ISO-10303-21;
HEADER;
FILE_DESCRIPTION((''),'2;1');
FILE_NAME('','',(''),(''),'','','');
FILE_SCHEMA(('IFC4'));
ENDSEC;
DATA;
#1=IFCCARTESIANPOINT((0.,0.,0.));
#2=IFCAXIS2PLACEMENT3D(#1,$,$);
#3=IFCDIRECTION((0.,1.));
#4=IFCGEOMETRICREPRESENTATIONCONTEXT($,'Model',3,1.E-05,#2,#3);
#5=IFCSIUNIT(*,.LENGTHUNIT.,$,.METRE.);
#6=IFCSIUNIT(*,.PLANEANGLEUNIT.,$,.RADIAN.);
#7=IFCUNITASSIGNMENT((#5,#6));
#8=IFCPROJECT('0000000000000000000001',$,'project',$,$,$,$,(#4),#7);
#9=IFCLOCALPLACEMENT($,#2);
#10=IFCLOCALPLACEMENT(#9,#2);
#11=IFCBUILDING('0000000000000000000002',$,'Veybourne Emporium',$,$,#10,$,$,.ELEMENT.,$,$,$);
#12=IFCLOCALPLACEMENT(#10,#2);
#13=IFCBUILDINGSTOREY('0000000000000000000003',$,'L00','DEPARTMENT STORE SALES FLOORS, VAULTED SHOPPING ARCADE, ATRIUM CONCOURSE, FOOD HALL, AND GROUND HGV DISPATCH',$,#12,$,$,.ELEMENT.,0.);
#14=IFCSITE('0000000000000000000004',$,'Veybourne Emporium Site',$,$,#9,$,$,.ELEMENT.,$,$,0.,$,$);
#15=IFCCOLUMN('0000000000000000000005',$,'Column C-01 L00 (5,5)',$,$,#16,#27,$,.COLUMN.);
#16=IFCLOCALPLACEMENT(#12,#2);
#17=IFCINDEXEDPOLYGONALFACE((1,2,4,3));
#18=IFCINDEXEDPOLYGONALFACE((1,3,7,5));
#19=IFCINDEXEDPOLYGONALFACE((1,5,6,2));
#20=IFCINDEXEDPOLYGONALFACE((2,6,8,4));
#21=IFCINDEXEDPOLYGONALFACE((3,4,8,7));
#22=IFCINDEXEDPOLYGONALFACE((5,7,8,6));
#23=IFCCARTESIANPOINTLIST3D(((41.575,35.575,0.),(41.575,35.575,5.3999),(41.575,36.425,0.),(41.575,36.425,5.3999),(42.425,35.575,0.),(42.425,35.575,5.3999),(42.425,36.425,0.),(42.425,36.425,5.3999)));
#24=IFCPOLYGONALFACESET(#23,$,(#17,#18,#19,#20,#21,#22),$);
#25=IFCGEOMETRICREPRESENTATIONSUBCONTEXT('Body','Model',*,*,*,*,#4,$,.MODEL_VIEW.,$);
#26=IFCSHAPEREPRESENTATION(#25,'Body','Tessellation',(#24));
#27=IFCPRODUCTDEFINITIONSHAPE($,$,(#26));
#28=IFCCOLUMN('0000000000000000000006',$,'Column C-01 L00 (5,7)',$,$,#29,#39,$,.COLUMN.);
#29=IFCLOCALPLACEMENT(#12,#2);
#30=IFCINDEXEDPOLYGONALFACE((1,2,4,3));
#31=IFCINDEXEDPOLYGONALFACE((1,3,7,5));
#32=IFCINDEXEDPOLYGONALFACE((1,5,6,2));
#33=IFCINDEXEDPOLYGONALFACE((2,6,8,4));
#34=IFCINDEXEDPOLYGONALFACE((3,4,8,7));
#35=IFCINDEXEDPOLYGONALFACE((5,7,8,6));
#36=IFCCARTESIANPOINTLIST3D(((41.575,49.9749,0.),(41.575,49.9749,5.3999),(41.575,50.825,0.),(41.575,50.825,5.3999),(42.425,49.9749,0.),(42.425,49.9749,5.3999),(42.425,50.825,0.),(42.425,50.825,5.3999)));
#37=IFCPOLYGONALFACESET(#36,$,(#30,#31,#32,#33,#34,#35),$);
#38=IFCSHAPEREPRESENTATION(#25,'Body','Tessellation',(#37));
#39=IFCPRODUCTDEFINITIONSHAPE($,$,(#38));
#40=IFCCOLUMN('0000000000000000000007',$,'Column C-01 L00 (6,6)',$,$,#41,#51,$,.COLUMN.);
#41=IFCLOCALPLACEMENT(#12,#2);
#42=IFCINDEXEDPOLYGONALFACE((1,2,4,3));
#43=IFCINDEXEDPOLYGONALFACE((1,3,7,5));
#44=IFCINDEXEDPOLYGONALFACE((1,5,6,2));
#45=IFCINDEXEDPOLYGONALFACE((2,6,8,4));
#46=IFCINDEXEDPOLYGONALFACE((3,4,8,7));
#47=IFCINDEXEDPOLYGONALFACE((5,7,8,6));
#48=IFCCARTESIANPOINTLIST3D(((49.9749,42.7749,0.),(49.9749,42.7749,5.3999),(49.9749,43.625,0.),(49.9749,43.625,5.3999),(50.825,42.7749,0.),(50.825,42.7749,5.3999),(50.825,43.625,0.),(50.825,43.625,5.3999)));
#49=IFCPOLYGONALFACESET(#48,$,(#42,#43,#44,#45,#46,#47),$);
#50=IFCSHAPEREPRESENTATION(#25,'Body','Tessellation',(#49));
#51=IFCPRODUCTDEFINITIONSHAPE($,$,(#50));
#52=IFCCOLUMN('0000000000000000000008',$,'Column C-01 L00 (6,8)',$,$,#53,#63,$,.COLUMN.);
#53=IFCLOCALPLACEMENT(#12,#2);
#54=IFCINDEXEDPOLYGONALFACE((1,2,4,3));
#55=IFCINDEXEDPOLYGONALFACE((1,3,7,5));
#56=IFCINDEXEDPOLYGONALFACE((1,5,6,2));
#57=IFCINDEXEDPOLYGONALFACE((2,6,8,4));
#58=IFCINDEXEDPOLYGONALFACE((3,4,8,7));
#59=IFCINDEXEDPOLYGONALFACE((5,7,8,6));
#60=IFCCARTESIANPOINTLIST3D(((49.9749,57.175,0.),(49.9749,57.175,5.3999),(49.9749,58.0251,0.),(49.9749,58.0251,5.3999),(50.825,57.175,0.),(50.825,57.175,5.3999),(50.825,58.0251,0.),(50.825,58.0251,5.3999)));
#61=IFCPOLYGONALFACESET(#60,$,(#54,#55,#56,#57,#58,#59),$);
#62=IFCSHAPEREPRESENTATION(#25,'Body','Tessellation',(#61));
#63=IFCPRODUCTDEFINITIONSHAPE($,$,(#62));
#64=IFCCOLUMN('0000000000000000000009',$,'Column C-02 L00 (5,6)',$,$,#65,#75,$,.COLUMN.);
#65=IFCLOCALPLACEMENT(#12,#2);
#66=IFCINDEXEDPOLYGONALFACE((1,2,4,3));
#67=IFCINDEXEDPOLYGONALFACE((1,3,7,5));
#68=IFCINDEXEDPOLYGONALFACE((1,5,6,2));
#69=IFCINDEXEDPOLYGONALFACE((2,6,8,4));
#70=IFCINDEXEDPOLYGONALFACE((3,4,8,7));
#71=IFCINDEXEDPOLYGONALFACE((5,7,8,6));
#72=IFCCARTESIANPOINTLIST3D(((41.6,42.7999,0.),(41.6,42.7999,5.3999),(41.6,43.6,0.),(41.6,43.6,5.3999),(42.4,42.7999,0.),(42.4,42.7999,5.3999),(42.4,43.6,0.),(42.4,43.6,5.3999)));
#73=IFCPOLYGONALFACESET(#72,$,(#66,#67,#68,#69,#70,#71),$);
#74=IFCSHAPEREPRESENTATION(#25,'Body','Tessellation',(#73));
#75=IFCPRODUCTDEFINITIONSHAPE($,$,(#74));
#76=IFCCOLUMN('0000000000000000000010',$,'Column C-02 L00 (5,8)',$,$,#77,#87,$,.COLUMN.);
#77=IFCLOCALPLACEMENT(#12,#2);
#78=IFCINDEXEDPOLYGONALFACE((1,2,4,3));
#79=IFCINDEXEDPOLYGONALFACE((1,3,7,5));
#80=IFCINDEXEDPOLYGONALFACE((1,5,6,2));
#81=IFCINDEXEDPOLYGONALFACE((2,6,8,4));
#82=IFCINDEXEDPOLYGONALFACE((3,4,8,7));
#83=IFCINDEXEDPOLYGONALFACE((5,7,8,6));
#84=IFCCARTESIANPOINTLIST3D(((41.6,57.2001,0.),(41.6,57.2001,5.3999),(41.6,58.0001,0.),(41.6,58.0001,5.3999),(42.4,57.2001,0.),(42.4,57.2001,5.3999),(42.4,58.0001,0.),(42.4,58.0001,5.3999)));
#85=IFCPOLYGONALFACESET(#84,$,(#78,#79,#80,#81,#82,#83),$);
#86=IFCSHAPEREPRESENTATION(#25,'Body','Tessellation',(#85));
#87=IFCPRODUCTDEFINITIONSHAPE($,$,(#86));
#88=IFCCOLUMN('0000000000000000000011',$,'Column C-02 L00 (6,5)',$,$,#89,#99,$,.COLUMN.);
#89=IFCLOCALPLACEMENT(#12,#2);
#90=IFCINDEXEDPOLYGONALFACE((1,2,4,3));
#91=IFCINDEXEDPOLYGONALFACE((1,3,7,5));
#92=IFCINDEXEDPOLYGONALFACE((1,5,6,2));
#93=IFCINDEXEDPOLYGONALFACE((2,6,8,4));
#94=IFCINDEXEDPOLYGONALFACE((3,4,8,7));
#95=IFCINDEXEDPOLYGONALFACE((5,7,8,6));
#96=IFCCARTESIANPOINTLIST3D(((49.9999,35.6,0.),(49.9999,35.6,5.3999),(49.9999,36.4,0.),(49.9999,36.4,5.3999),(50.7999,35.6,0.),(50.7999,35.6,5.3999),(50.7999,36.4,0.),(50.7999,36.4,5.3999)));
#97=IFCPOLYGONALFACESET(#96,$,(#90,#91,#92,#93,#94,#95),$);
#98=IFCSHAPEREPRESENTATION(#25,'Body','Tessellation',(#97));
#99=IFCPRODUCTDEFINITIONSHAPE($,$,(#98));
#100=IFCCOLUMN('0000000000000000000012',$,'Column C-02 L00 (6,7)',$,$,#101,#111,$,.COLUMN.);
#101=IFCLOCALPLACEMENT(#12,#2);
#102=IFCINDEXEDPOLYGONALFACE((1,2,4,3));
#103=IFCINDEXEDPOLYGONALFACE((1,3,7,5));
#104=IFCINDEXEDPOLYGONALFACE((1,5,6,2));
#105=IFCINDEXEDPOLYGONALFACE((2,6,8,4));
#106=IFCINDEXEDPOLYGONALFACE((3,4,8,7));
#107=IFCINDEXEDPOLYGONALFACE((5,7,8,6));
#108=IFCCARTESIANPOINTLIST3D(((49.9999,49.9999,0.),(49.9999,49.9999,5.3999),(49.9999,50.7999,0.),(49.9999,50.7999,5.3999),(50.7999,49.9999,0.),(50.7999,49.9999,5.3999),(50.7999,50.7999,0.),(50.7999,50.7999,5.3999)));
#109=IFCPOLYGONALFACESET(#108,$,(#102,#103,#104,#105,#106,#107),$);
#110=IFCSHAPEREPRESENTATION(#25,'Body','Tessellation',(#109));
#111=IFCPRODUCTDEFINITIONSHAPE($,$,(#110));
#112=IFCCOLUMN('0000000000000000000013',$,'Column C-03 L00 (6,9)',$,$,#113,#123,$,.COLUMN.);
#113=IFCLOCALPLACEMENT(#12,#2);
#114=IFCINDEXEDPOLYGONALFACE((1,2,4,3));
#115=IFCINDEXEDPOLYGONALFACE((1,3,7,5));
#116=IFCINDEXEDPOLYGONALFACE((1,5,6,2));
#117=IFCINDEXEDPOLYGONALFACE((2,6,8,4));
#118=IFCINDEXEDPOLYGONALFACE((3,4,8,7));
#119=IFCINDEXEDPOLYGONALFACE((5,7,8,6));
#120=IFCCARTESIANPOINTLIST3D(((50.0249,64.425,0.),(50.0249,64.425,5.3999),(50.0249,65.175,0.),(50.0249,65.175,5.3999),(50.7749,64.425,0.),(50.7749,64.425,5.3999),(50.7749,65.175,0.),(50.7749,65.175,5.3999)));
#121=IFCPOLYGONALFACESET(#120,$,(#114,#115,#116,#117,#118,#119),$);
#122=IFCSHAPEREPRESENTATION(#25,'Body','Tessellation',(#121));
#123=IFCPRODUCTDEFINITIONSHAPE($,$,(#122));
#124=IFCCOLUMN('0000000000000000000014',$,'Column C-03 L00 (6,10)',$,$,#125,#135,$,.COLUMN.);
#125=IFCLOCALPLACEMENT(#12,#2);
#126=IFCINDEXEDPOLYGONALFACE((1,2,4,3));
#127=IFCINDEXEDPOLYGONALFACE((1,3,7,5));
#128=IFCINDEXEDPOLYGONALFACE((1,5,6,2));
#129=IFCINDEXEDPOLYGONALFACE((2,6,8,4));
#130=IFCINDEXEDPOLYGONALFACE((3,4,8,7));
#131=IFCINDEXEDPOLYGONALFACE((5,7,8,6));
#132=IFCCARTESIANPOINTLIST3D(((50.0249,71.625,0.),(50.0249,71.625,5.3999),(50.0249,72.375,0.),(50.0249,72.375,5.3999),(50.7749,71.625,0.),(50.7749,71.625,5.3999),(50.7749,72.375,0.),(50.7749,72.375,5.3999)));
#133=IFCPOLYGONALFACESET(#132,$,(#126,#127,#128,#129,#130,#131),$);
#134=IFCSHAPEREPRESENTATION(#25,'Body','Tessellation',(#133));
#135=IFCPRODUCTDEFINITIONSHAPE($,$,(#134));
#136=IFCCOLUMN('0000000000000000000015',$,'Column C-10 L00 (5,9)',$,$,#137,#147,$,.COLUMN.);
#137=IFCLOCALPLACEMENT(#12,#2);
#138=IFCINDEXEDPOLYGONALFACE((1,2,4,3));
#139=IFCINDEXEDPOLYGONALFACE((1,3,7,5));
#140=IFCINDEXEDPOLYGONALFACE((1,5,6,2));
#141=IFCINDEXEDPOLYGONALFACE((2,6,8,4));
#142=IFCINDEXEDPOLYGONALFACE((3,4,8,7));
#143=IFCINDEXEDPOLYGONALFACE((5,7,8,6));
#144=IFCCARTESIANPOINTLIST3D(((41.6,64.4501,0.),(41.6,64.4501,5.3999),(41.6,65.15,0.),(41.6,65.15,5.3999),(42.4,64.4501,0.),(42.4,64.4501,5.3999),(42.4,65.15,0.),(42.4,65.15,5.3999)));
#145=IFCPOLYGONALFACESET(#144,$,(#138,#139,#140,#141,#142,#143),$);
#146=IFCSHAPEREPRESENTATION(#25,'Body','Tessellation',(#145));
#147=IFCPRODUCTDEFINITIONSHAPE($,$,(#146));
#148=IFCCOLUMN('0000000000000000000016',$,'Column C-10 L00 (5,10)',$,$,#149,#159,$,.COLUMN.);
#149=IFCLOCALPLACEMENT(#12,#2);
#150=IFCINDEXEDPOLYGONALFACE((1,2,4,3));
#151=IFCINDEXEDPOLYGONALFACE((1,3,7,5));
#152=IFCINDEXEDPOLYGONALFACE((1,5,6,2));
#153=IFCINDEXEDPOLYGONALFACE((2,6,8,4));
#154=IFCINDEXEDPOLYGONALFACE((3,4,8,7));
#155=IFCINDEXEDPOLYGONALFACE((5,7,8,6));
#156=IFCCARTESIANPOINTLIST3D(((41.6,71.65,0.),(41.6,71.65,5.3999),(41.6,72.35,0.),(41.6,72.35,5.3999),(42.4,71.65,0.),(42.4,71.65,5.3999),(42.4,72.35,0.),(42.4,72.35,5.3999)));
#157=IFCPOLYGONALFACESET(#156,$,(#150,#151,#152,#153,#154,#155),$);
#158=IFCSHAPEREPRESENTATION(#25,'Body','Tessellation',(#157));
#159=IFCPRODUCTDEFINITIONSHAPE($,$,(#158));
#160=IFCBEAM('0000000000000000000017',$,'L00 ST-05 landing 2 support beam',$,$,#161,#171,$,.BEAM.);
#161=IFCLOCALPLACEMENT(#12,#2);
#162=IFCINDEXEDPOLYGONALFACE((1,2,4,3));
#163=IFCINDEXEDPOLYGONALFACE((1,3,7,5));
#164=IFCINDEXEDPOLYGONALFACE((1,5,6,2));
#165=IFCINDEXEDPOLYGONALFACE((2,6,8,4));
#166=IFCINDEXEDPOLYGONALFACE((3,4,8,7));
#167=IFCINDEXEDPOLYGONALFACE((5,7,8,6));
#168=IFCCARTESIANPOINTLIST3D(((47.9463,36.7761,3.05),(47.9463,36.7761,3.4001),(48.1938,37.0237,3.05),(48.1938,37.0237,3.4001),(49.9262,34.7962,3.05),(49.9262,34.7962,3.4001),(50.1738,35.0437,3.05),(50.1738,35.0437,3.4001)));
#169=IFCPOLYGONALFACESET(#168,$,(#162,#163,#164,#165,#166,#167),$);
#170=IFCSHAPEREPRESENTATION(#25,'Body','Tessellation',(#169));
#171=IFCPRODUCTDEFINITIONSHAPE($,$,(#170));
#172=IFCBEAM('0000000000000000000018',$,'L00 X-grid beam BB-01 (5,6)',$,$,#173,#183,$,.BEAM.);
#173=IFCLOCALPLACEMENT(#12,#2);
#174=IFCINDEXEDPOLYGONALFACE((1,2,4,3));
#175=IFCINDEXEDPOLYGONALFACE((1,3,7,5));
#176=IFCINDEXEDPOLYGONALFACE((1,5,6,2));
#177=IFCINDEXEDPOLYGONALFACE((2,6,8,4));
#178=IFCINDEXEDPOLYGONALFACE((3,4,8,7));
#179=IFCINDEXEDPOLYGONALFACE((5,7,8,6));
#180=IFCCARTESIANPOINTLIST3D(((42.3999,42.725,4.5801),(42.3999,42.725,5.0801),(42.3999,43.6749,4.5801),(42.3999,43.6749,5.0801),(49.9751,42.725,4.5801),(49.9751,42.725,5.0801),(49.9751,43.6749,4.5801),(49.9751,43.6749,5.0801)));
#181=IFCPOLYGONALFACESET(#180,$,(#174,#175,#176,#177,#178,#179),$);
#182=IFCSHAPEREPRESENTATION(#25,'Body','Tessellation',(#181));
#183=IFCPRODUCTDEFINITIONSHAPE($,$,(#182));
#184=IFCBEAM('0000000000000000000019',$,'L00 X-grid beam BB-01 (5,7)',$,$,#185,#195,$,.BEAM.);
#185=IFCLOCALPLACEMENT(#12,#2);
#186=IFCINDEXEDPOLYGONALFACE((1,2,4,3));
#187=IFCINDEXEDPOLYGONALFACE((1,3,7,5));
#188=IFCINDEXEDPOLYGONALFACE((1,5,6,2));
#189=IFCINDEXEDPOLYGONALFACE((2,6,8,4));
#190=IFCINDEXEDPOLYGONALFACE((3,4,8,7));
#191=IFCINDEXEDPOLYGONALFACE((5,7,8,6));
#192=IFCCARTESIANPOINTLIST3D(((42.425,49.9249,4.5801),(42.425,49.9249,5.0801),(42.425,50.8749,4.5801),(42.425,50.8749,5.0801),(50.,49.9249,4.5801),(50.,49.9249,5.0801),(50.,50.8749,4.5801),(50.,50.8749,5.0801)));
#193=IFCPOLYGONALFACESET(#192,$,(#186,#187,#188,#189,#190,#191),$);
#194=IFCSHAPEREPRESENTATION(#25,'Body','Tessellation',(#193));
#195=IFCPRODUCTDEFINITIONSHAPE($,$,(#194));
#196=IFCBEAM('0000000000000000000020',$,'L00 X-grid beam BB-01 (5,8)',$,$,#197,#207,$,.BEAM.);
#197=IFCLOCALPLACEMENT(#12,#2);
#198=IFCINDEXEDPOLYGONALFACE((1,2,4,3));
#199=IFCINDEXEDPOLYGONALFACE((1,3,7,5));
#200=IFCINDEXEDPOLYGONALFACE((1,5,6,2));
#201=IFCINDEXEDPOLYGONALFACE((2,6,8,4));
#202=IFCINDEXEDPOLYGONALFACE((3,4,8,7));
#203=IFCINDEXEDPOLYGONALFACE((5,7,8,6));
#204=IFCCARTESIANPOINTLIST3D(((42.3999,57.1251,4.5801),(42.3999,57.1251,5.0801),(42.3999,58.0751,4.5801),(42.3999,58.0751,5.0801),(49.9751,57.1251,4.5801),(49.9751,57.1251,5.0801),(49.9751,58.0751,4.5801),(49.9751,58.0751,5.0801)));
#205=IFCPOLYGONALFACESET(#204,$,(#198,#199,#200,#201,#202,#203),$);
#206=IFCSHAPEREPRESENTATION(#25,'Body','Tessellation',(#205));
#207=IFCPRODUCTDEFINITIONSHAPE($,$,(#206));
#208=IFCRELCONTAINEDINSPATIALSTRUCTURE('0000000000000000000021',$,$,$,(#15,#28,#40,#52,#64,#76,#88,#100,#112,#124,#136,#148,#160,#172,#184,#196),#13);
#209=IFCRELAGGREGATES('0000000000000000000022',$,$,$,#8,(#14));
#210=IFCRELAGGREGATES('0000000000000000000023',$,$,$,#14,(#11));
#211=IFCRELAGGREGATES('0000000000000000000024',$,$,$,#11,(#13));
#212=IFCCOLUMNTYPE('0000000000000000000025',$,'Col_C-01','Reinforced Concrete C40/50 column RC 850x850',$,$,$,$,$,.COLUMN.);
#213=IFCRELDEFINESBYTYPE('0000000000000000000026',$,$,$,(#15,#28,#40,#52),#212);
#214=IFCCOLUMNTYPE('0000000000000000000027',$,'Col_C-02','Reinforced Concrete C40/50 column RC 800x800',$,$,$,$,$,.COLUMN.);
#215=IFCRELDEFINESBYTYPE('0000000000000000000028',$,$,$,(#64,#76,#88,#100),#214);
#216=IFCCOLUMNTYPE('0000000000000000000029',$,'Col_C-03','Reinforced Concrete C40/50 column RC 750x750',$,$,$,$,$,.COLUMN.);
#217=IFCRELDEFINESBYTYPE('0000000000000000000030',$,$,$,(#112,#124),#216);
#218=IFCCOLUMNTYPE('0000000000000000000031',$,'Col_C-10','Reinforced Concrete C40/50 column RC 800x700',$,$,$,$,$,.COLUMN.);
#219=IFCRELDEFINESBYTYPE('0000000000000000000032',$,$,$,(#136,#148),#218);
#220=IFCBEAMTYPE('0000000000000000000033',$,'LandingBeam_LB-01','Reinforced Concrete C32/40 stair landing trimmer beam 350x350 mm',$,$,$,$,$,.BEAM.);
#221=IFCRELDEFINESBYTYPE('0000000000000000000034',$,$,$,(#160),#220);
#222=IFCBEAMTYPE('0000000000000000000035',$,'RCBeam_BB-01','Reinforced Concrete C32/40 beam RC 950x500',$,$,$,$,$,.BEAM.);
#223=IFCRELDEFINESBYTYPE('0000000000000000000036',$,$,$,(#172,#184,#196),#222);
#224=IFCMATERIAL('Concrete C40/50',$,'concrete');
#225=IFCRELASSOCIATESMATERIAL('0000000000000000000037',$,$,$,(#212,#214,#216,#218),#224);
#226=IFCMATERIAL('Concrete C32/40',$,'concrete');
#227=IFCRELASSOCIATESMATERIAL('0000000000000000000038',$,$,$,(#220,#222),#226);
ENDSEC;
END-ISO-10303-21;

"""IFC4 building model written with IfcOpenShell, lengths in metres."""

from ifc_helpers import new_model, si_unit, direction, frame, origin, origin_2d, place, context, subcontext, project, spatial, rectangle, extrude, material, material_profile, profile_set, type_object, element, save


model = new_model("IFC4")

# Units and contexts
model_context = context("Model", 3, precision=1e-05, world=origin(), true_north=direction((0.0, 1.0)))
body_context = subcontext(model_context, "Body", "Model", "MODEL_VIEW")
ifc_project = project(units=[si_unit("LENGTHUNIT", "METRE"), si_unit("PLANEANGLEUNIT", "RADIAN")], contexts=[model_context])

# Site, building, storey
site_placement = place(None, origin())
site = spatial("IfcSite", under=ifc_project, at=site_placement, Name="Veybourne Emporium Site", CompositionType="ELEMENT", RefElevation=0.0)
building_placement = place(site_placement, origin())
building = spatial("IfcBuilding", under=site, at=building_placement, Name="Veybourne Emporium", CompositionType="ELEMENT")
storey_placement = place(building_placement, origin())
storey = spatial("IfcBuildingStorey", under=building, at=storey_placement, Name="L00", Description="DEPARTMENT STORE SALES FLOORS, VAULTED SHOPPING ARCADE, ATRIUM CONCOURSE, FOOD HALL, AND GROUND HGV DISPATCH", CompositionType="ELEMENT", Elevation=0.0)

# Columns
ifc_material_1 = material(Name="Concrete C40/50", Category="concrete")
ifc_material_profile_1 = material_profile(ifc_material_1, rectangle(XDim=0.8501, YDim=0.8501, at=origin_2d()), Name="RC 850x850")
ifc_profile_set_1 = profile_set([ifc_material_profile_1], Name="Concrete C40/50")
column_type_1 = type_object("IfcColumnType", Name="Col_C-01", Description="Reinforced Concrete C40/50 column RC 850x850", PredefinedType="COLUMN", material=ifc_profile_set_1)
for number, where, z_axis, x_axis, name in (
    (1, (42.0, 36.0, 0.0), (0.0, 0.0, 1.0), (1.0, 0.0, 0.0), "Column C-01 L00 (5,5)"),
    (2, (42.0, 50.3999, 0.0), (0.0, 0.0, 1.0), (1.0, 0.0, 0.0), "Column C-01 L00 (5,7)"),
    (3, (50.3999, 43.2, 0.0), (0.0, 0.0, 1.0), (1.0, 0.0, 0.0), "Column C-01 L00 (6,6)"),
    (4, (50.3999, 57.6001, 0.0), (0.0, 0.0, 1.0), (1.0, 0.0, 0.0), "Column C-01 L00 (6,8)"),
):
    element("IfcColumn", number, at=place(storey_placement, frame(where, z_axis=z_axis, x_axis=x_axis)), inside=storey, type_object=column_type_1, Name=name, PredefinedType="COLUMN", context=body_context, shape_type="SweptSolid", body=[
        extrude(rectangle(XDim=0.8501, YDim=0.8501, at=origin_2d()), origin(), (0.0, 0.0, 1.0), 5.3999),
    ])
ifc_material_profile_2 = material_profile(ifc_material_1, rectangle(XDim=0.8, YDim=0.8, at=origin_2d()), Name="RC 800x800")
ifc_profile_set_2 = profile_set([ifc_material_profile_2], Name="Concrete C40/50")
column_type_2 = type_object("IfcColumnType", Name="Col_C-02", Description="Reinforced Concrete C40/50 column RC 800x800", PredefinedType="COLUMN", material=ifc_profile_set_2)
for number, where, z_axis, x_axis, name in (
    (5, (42.0, 43.2, 0.0), (0.0, 0.0, 1.0), (1.0, 0.0, 0.0), "Column C-02 L00 (5,6)"),
    (6, (42.0, 57.6001, 0.0), (0.0, 0.0, 1.0), (1.0, 0.0, 0.0), "Column C-02 L00 (5,8)"),
    (7, (50.3999, 36.0, 0.0), (0.0, 0.0, 1.0), (1.0, 0.0, 0.0), "Column C-02 L00 (6,5)"),
    (8, (50.3999, 50.3999, 0.0), (0.0, 0.0, 1.0), (1.0, 0.0, 0.0), "Column C-02 L00 (6,7)"),
):
    element("IfcColumn", number, at=place(storey_placement, frame(where, z_axis=z_axis, x_axis=x_axis)), inside=storey, type_object=column_type_2, Name=name, PredefinedType="COLUMN", context=body_context, shape_type="SweptSolid", body=[
        extrude(rectangle(XDim=0.8, YDim=0.8, at=origin_2d()), origin(), (0.0, 0.0, 1.0), 5.3999),
    ])
ifc_material_profile_3 = material_profile(ifc_material_1, rectangle(XDim=0.75, YDim=0.75, at=origin_2d()), Name="RC 750x750")
ifc_profile_set_3 = profile_set([ifc_material_profile_3], Name="Concrete C40/50")
column_type_3 = type_object("IfcColumnType", Name="Col_C-03", Description="Reinforced Concrete C40/50 column RC 750x750", PredefinedType="COLUMN", material=ifc_profile_set_3)
for number, where, z_axis, x_axis, name in (
    (9, (50.3999, 64.8, 0.0), (0.0, 0.0, 1.0), (1.0, 0.0, 0.0), "Column C-03 L00 (6,9)"),
    (10, (50.3999, 72.0, 0.0), (0.0, 0.0, 1.0), (1.0, 0.0, 0.0), "Column C-03 L00 (6,10)"),
):
    element("IfcColumn", number, at=place(storey_placement, frame(where, z_axis=z_axis, x_axis=x_axis)), inside=storey, type_object=column_type_3, Name=name, PredefinedType="COLUMN", context=body_context, shape_type="SweptSolid", body=[
        extrude(rectangle(XDim=0.75, YDim=0.75, at=origin_2d()), origin(), (0.0, 0.0, 1.0), 5.3999),
    ])
ifc_material_profile_4 = material_profile(ifc_material_1, rectangle(XDim=0.8, YDim=0.7, at=origin_2d()), Name="RC 800x700")
ifc_profile_set_4 = profile_set([ifc_material_profile_4], Name="Concrete C40/50")
column_type_4 = type_object("IfcColumnType", Name="Col_C-10", Description="Reinforced Concrete C40/50 column RC 800x700", PredefinedType="COLUMN", material=ifc_profile_set_4)
for number, where, z_axis, x_axis, name in (
    (11, (42.0, 64.8, 0.0), (0.0, 0.0, 1.0), (1.0, 0.0, 0.0), "Column C-10 L00 (5,9)"),
    (12, (42.0, 72.0, 0.0), (0.0, 0.0, 1.0), (1.0, 0.0, 0.0), "Column C-10 L00 (5,10)"),
):
    element("IfcColumn", number, at=place(storey_placement, frame(where, z_axis=z_axis, x_axis=x_axis)), inside=storey, type_object=column_type_4, Name=name, PredefinedType="COLUMN", context=body_context, shape_type="SweptSolid", body=[
        extrude(rectangle(XDim=0.8, YDim=0.7, at=origin_2d()), origin(), (0.0, 0.0, 1.0), 5.3999),
    ])

# Beams
ifc_material_2 = material(Name="Concrete C32/40", Category="concrete")
ifc_material_profile_5 = material_profile(ifc_material_2, rectangle(XDim=0.3501, YDim=0.3501, at=origin_2d()), Name="RC 350x350")
ifc_profile_set_5 = profile_set([ifc_material_profile_5], Name="Concrete C32/40")
beam_type_1 = type_object("IfcBeamType", Name="LandingBeam_LB-01", Description="Reinforced Concrete C32/40 stair landing trimmer beam 350x350 mm", PredefinedType="BEAM", material=ifc_profile_set_5)
beam_1_placement = place(storey_placement, frame((48.0701, 36.8999, 3.2251), z_axis=(0.707107, -0.707107, 0.0), x_axis=(0.707107, 0.707107, 0.0)))
element("IfcBeam", 13, at=beam_1_placement, inside=storey, type_object=beam_type_1, Name="L00 ST-05 landing 2 support beam", PredefinedType="BEAM", context=body_context, shape_type="SweptSolid", body=[
    extrude(rectangle(XDim=0.3501, YDim=0.3501, at=origin_2d()), origin(), (0.0, 0.0, 1.0), 2.8),
])
ifc_material_profile_6 = material_profile(ifc_material_2, rectangle(XDim=0.95, YDim=0.5, at=origin_2d()), Name="RC 950x500")
ifc_profile_set_6 = profile_set([ifc_material_profile_6], Name="Concrete C32/40")
beam_type_2 = type_object("IfcBeamType", Name="RCBeam_BB-01", Description="Reinforced Concrete C32/40 beam RC 950x500", PredefinedType="BEAM", material=ifc_profile_set_6)
beam_2_placement = place(storey_placement, frame((42.3999, 43.2, 4.8301), z_axis=(1.0, 0.0, 0.0), x_axis=(0.0, 1.0, 0.0)))
element("IfcBeam", 14, at=beam_2_placement, inside=storey, type_object=beam_type_2, Name="L00 X-grid beam BB-01 (5,6)", PredefinedType="BEAM", context=body_context, shape_type="SweptSolid", body=[
    extrude(rectangle(XDim=0.95, YDim=0.5, at=origin_2d()), origin(), (0.0, 0.0, 1.0), 7.5752),
])
beam_3_placement = place(storey_placement, frame((42.425, 50.3999, 4.8301), z_axis=(1.0, 0.0, 0.0), x_axis=(0.0, 1.0, 0.0)))
element("IfcBeam", 15, at=beam_3_placement, inside=storey, type_object=beam_type_2, Name="L00 X-grid beam BB-01 (5,7)", PredefinedType="BEAM", context=body_context, shape_type="SweptSolid", body=[
    extrude(rectangle(XDim=0.95, YDim=0.5, at=origin_2d()), origin(), (0.0, 0.0, 1.0), 7.575),
])
beam_4_placement = place(storey_placement, frame((42.3999, 57.6001, 4.8301), z_axis=(1.0, 0.0, 0.0), x_axis=(0.0, 1.0, 0.0)))
element("IfcBeam", 16, at=beam_4_placement, inside=storey, type_object=beam_type_2, Name="L00 X-grid beam BB-01 (5,8)", PredefinedType="BEAM", context=body_context, shape_type="SweptSolid", body=[
    extrude(rectangle(XDim=0.95, YDim=0.5, at=origin_2d()), origin(), (0.0, 0.0, 1.0), 7.5752),
])

save(model, "model.ifc")
